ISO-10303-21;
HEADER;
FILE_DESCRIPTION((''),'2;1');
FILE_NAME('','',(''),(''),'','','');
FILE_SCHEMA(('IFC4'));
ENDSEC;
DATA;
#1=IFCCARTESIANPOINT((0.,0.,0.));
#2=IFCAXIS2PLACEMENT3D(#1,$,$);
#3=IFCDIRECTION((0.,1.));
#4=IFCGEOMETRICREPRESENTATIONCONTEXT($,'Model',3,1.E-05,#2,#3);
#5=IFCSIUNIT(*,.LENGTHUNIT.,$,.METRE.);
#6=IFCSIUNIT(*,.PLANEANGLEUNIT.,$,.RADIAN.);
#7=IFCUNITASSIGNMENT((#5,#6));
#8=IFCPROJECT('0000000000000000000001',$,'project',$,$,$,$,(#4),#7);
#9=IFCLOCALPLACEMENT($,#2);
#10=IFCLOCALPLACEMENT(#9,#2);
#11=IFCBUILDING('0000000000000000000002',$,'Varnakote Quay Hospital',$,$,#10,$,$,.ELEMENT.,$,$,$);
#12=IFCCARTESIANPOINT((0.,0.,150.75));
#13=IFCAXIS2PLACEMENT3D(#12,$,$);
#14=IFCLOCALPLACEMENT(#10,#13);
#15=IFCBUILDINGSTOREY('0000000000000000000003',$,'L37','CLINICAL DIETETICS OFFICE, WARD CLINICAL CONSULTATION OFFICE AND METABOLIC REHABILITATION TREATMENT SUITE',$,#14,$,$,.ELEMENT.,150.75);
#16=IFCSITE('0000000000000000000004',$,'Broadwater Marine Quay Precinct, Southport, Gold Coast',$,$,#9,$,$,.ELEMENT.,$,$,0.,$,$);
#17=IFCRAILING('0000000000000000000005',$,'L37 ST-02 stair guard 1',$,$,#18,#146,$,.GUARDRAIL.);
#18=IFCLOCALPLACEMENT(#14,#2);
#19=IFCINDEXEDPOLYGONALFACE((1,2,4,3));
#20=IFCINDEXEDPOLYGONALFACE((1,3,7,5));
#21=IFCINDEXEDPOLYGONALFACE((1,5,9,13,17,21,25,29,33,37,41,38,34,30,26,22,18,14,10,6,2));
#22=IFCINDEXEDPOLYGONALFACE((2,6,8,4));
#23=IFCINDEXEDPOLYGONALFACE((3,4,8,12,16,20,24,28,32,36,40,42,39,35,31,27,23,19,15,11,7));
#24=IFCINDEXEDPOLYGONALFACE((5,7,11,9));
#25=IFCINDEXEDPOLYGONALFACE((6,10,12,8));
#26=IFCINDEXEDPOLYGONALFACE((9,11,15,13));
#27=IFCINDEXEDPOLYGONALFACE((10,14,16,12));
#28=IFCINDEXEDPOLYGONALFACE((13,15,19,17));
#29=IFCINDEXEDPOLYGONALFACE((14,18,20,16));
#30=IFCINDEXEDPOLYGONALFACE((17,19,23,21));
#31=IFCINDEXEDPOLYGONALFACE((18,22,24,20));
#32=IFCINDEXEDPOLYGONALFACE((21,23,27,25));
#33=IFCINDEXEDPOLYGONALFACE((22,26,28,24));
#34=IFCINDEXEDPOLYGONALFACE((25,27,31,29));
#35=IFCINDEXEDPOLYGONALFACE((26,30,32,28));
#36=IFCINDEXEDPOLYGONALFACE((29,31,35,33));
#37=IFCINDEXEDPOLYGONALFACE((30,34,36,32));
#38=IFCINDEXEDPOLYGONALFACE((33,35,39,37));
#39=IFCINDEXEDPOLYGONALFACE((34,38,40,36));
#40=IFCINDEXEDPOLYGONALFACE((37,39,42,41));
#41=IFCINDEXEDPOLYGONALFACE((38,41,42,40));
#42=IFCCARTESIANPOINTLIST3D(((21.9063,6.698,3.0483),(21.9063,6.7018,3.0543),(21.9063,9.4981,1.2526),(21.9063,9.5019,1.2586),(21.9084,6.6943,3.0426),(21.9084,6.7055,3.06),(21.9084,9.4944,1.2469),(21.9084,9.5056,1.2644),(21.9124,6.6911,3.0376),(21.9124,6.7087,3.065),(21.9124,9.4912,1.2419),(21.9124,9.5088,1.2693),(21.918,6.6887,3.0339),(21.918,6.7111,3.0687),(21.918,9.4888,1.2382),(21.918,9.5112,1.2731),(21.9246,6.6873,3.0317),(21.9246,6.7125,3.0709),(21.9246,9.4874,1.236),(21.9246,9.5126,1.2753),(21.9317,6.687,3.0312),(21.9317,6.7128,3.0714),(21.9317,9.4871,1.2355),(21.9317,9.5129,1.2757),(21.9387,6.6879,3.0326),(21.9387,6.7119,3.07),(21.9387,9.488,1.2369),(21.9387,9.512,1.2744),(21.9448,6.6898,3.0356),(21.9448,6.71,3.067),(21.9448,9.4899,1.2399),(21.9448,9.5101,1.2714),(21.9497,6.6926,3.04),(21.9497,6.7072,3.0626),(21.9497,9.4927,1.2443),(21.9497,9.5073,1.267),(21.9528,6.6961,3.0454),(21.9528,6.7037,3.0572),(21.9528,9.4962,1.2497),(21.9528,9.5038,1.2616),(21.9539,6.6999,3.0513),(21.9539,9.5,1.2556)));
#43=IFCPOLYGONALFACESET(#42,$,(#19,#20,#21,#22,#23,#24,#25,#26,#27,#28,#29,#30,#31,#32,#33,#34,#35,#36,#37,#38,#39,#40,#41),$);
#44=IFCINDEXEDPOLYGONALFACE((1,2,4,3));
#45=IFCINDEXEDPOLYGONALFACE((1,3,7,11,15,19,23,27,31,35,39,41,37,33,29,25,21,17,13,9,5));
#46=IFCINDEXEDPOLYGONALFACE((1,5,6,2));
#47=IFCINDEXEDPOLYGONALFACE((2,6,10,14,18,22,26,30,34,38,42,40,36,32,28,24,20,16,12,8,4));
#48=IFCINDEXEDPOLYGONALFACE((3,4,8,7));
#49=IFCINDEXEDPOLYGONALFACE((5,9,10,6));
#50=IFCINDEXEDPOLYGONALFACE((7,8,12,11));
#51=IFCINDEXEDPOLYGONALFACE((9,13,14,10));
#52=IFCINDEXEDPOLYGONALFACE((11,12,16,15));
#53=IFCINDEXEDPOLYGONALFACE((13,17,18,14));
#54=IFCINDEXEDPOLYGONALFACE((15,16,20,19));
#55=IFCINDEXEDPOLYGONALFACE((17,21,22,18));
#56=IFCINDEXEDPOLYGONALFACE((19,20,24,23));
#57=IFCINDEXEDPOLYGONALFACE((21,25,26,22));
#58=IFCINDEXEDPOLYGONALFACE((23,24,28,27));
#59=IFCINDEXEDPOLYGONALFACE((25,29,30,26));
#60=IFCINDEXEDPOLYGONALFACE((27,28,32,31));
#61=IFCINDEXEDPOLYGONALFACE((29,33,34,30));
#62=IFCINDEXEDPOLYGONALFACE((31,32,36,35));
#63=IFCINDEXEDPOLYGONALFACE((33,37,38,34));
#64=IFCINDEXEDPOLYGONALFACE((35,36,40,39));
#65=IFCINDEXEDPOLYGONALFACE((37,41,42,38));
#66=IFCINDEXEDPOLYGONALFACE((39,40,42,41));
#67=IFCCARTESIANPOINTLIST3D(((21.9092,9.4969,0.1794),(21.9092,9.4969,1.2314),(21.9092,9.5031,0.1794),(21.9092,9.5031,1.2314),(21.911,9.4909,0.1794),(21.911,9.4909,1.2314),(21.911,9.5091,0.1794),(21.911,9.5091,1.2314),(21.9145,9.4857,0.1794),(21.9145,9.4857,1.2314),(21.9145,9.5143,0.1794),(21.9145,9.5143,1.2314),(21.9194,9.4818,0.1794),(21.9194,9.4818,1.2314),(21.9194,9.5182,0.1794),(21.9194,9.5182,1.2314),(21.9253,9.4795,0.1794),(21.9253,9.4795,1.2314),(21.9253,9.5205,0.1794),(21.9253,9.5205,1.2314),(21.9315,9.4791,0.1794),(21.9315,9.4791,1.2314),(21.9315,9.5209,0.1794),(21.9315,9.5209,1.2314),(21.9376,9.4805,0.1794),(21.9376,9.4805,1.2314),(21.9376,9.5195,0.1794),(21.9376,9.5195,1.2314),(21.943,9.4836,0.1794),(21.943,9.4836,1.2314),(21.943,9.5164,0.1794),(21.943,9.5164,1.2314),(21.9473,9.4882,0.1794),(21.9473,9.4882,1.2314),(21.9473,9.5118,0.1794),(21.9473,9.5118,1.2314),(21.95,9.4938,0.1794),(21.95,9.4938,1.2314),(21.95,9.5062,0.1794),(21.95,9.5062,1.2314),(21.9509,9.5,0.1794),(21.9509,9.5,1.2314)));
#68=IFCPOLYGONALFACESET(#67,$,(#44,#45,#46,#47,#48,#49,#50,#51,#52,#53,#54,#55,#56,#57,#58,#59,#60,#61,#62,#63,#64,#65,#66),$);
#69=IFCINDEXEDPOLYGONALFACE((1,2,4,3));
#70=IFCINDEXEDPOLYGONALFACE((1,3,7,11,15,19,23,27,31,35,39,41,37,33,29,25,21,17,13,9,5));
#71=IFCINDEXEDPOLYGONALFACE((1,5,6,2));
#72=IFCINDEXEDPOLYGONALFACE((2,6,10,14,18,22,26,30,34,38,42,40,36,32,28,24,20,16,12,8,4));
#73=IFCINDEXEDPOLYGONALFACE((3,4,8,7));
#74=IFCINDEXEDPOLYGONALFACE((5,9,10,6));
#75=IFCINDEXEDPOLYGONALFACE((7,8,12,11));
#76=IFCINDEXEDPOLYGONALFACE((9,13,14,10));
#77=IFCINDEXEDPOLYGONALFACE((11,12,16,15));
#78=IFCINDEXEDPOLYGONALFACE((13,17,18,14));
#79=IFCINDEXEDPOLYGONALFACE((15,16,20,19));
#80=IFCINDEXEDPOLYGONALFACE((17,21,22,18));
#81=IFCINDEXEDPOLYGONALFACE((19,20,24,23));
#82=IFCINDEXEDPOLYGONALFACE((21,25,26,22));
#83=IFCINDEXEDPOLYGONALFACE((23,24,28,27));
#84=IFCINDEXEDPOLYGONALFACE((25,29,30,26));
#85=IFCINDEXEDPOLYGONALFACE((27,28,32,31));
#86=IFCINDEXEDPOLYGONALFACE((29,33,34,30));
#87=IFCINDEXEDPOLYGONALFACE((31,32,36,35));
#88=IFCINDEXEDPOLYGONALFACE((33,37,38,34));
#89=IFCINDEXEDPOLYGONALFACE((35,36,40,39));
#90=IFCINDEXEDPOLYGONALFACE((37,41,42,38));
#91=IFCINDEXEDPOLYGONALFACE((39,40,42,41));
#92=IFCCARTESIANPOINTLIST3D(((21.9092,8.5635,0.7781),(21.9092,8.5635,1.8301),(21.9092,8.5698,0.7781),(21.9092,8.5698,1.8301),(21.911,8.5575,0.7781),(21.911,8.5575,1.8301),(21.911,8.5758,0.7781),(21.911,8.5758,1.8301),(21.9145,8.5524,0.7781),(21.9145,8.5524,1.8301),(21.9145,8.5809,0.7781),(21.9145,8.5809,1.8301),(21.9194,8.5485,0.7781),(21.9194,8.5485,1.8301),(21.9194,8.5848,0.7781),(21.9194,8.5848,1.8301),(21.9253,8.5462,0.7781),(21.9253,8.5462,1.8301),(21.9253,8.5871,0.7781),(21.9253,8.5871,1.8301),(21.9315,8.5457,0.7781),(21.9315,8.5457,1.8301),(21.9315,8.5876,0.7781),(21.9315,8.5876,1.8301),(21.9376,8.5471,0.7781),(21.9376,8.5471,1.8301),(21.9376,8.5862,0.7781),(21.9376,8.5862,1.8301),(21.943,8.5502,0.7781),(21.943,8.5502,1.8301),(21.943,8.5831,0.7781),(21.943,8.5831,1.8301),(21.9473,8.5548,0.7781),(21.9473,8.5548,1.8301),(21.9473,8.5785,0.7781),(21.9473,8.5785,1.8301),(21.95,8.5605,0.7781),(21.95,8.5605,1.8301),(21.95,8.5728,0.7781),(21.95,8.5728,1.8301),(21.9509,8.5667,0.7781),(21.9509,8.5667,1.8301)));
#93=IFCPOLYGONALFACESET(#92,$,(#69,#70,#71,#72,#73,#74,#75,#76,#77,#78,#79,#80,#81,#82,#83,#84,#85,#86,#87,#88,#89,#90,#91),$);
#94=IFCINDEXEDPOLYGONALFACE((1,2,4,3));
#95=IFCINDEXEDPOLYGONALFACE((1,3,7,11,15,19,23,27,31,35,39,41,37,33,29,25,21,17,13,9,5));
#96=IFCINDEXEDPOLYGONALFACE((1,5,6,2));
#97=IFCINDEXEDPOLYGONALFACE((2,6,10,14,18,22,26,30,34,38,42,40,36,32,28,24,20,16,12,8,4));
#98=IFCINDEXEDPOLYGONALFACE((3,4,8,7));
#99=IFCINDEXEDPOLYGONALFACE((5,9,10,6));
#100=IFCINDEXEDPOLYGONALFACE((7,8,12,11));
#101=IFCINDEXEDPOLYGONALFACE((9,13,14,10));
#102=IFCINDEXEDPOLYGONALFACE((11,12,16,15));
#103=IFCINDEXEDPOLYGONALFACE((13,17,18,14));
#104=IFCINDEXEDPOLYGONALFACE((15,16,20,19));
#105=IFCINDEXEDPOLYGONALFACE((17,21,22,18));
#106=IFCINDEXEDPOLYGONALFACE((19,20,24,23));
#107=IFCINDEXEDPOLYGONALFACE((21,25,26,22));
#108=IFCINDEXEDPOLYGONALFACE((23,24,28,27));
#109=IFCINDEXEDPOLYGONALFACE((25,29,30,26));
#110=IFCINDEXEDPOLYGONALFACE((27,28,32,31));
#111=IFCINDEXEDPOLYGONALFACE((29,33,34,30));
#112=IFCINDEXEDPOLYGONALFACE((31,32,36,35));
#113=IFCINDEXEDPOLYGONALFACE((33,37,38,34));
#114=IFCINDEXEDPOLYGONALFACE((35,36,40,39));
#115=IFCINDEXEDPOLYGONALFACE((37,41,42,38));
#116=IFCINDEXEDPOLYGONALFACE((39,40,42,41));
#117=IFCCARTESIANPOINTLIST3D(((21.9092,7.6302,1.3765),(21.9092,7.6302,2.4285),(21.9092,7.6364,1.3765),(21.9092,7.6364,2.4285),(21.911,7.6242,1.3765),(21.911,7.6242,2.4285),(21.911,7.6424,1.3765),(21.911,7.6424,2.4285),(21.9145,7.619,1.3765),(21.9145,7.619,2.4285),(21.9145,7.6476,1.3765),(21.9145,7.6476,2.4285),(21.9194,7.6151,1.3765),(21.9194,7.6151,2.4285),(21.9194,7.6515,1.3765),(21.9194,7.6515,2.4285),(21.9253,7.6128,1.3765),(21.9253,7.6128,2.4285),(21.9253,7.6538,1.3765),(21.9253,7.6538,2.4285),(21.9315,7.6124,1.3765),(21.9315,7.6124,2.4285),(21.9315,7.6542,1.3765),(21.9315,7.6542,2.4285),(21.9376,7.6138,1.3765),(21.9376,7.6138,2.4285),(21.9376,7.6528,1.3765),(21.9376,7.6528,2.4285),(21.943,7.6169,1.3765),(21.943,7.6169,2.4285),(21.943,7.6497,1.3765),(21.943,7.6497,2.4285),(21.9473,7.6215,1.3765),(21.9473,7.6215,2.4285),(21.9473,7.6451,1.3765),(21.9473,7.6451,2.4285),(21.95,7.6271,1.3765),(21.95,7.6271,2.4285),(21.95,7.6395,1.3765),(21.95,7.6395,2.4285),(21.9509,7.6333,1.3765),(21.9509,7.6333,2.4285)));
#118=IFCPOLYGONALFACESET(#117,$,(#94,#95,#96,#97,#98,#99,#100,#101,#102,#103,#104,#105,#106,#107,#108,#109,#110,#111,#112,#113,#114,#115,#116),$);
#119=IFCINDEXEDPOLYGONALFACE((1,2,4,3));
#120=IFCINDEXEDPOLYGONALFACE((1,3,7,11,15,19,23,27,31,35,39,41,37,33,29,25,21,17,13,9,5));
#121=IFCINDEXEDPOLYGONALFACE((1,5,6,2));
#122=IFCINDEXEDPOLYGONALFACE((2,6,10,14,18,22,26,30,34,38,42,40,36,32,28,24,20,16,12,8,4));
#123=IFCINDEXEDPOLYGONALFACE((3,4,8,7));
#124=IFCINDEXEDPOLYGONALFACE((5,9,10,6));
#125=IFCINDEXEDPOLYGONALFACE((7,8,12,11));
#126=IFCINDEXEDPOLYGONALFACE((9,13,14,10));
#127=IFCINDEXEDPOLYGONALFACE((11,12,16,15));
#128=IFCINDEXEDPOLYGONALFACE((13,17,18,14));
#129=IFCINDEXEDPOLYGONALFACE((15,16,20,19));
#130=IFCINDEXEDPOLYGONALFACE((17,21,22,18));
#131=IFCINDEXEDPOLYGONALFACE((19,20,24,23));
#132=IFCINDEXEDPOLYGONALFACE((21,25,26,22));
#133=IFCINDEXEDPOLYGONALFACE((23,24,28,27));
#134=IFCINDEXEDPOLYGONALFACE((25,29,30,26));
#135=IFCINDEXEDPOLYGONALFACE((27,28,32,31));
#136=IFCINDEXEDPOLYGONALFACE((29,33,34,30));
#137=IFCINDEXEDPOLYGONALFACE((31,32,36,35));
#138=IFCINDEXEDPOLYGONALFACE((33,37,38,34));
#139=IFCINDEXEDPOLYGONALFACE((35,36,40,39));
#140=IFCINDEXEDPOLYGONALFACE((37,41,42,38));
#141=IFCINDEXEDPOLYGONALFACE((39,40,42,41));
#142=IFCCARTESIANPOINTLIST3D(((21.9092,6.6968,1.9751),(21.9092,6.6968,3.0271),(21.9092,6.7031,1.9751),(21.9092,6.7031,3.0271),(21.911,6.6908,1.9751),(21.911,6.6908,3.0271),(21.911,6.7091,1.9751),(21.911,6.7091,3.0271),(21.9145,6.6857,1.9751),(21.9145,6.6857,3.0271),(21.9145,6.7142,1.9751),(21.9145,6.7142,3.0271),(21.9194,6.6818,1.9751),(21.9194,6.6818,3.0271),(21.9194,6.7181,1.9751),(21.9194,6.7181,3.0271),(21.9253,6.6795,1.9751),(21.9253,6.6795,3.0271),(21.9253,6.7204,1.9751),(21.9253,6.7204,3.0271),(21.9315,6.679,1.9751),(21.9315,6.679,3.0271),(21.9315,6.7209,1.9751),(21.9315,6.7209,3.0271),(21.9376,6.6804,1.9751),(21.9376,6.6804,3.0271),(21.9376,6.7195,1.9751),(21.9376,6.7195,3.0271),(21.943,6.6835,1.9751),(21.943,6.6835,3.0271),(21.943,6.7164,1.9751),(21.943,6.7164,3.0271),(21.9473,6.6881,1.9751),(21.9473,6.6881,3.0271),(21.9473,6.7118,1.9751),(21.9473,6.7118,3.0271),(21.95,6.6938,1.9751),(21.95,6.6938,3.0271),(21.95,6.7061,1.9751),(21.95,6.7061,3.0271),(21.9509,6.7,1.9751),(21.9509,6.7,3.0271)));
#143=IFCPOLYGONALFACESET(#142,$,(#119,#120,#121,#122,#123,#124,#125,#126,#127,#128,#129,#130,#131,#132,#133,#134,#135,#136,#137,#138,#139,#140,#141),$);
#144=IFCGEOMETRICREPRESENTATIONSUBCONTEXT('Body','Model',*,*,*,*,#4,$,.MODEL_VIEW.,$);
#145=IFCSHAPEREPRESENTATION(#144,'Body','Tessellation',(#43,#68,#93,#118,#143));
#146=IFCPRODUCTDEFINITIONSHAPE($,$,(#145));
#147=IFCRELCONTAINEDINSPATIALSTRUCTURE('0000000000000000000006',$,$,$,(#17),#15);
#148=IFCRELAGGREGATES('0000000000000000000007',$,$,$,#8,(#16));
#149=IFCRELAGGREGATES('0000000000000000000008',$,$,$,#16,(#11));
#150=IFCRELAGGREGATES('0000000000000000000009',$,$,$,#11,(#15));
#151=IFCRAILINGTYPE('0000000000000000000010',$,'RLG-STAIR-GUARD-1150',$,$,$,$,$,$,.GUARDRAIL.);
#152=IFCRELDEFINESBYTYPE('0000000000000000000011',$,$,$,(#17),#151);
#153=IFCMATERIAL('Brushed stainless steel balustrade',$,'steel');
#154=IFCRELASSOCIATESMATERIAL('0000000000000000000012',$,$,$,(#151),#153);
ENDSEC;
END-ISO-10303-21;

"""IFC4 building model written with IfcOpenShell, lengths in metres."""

from ifc_helpers import new_model, si_unit, direction, frame, origin, origin_2d, place, context, subcontext, project, spatial, circle, extrude, material, type_object, element, save


model = new_model("IFC4")

# Units and contexts
model_context = context("Model", 3, precision=1e-05, world=origin(), true_north=direction((0.0, 1.0)))
body_context = subcontext(model_context, "Body", "Model", "MODEL_VIEW")
ifc_project = project(units=[si_unit("LENGTHUNIT", "METRE"), si_unit("PLANEANGLEUNIT", "RADIAN")], contexts=[model_context])

# Site, building, storey
site_placement = place(None, origin())
site = spatial("IfcSite", under=ifc_project, at=site_placement, Name="Broadwater Marine Quay Precinct, Southport, Gold Coast", CompositionType="ELEMENT", RefElevation=0.0)
building_placement = place(site_placement, origin())
building = spatial("IfcBuilding", under=site, at=building_placement, Name="Varnakote Quay Hospital", CompositionType="ELEMENT")
storey_placement = place(building_placement, frame((0.0, 0.0, 150.75)))
storey = spatial("IfcBuildingStorey", under=building, at=storey_placement, Name="L37", Description="CLINICAL DIETETICS OFFICE, WARD CLINICAL CONSULTATION OFFICE AND METABOLIC REHABILITATION TREATMENT SUITE", CompositionType="ELEMENT", Elevation=150.75)

# Railing
ifc_material_1 = material(Name="Brushed stainless steel balustrade", Category="steel")
railing_type_1 = type_object("IfcRailingType", Name="RLG-STAIR-GUARD-1150", PredefinedType="GUARDRAIL", material=ifc_material_1)
railing_1_placement = place(storey_placement, frame((21.9299, 9.5, 0.1794)))
element("IfcRailing", 1, at=railing_1_placement, inside=storey, type_object=railing_type_1, Name="L37 ST-02 stair guard 1", PredefinedType="GUARDRAIL", context=body_context, shape_type="SweptSolid", body=[
    extrude(circle(Radius=0.0239, at=origin_2d()), frame((0.0, 0.0, 1.0762), z_axis=(0.0, -0.841777, 0.539826), x_axis=(1.0, 0.0, 0.0)), (0.0, 0.0, 1.0), 3.3264),
    extrude(circle(Radius=0.021, at=origin_2d()), origin(), (0.0, 0.0, 1.0), 1.052),
    extrude(circle(Radius=0.021, at=origin_2d()), frame((0.0, -0.9333, 0.5986)), (0.0, 0.0, 1.0), 1.052),
    extrude(circle(Radius=0.021, at=origin_2d()), frame((0.0, -1.8667, 1.197)), (0.0, 0.0, 1.0), 1.052),
    extrude(circle(Radius=0.021, at=origin_2d()), frame((0.0, -2.8, 1.7957)), (0.0, 0.0, 1.0), 1.052),
])

save(model, "model.ifc")
